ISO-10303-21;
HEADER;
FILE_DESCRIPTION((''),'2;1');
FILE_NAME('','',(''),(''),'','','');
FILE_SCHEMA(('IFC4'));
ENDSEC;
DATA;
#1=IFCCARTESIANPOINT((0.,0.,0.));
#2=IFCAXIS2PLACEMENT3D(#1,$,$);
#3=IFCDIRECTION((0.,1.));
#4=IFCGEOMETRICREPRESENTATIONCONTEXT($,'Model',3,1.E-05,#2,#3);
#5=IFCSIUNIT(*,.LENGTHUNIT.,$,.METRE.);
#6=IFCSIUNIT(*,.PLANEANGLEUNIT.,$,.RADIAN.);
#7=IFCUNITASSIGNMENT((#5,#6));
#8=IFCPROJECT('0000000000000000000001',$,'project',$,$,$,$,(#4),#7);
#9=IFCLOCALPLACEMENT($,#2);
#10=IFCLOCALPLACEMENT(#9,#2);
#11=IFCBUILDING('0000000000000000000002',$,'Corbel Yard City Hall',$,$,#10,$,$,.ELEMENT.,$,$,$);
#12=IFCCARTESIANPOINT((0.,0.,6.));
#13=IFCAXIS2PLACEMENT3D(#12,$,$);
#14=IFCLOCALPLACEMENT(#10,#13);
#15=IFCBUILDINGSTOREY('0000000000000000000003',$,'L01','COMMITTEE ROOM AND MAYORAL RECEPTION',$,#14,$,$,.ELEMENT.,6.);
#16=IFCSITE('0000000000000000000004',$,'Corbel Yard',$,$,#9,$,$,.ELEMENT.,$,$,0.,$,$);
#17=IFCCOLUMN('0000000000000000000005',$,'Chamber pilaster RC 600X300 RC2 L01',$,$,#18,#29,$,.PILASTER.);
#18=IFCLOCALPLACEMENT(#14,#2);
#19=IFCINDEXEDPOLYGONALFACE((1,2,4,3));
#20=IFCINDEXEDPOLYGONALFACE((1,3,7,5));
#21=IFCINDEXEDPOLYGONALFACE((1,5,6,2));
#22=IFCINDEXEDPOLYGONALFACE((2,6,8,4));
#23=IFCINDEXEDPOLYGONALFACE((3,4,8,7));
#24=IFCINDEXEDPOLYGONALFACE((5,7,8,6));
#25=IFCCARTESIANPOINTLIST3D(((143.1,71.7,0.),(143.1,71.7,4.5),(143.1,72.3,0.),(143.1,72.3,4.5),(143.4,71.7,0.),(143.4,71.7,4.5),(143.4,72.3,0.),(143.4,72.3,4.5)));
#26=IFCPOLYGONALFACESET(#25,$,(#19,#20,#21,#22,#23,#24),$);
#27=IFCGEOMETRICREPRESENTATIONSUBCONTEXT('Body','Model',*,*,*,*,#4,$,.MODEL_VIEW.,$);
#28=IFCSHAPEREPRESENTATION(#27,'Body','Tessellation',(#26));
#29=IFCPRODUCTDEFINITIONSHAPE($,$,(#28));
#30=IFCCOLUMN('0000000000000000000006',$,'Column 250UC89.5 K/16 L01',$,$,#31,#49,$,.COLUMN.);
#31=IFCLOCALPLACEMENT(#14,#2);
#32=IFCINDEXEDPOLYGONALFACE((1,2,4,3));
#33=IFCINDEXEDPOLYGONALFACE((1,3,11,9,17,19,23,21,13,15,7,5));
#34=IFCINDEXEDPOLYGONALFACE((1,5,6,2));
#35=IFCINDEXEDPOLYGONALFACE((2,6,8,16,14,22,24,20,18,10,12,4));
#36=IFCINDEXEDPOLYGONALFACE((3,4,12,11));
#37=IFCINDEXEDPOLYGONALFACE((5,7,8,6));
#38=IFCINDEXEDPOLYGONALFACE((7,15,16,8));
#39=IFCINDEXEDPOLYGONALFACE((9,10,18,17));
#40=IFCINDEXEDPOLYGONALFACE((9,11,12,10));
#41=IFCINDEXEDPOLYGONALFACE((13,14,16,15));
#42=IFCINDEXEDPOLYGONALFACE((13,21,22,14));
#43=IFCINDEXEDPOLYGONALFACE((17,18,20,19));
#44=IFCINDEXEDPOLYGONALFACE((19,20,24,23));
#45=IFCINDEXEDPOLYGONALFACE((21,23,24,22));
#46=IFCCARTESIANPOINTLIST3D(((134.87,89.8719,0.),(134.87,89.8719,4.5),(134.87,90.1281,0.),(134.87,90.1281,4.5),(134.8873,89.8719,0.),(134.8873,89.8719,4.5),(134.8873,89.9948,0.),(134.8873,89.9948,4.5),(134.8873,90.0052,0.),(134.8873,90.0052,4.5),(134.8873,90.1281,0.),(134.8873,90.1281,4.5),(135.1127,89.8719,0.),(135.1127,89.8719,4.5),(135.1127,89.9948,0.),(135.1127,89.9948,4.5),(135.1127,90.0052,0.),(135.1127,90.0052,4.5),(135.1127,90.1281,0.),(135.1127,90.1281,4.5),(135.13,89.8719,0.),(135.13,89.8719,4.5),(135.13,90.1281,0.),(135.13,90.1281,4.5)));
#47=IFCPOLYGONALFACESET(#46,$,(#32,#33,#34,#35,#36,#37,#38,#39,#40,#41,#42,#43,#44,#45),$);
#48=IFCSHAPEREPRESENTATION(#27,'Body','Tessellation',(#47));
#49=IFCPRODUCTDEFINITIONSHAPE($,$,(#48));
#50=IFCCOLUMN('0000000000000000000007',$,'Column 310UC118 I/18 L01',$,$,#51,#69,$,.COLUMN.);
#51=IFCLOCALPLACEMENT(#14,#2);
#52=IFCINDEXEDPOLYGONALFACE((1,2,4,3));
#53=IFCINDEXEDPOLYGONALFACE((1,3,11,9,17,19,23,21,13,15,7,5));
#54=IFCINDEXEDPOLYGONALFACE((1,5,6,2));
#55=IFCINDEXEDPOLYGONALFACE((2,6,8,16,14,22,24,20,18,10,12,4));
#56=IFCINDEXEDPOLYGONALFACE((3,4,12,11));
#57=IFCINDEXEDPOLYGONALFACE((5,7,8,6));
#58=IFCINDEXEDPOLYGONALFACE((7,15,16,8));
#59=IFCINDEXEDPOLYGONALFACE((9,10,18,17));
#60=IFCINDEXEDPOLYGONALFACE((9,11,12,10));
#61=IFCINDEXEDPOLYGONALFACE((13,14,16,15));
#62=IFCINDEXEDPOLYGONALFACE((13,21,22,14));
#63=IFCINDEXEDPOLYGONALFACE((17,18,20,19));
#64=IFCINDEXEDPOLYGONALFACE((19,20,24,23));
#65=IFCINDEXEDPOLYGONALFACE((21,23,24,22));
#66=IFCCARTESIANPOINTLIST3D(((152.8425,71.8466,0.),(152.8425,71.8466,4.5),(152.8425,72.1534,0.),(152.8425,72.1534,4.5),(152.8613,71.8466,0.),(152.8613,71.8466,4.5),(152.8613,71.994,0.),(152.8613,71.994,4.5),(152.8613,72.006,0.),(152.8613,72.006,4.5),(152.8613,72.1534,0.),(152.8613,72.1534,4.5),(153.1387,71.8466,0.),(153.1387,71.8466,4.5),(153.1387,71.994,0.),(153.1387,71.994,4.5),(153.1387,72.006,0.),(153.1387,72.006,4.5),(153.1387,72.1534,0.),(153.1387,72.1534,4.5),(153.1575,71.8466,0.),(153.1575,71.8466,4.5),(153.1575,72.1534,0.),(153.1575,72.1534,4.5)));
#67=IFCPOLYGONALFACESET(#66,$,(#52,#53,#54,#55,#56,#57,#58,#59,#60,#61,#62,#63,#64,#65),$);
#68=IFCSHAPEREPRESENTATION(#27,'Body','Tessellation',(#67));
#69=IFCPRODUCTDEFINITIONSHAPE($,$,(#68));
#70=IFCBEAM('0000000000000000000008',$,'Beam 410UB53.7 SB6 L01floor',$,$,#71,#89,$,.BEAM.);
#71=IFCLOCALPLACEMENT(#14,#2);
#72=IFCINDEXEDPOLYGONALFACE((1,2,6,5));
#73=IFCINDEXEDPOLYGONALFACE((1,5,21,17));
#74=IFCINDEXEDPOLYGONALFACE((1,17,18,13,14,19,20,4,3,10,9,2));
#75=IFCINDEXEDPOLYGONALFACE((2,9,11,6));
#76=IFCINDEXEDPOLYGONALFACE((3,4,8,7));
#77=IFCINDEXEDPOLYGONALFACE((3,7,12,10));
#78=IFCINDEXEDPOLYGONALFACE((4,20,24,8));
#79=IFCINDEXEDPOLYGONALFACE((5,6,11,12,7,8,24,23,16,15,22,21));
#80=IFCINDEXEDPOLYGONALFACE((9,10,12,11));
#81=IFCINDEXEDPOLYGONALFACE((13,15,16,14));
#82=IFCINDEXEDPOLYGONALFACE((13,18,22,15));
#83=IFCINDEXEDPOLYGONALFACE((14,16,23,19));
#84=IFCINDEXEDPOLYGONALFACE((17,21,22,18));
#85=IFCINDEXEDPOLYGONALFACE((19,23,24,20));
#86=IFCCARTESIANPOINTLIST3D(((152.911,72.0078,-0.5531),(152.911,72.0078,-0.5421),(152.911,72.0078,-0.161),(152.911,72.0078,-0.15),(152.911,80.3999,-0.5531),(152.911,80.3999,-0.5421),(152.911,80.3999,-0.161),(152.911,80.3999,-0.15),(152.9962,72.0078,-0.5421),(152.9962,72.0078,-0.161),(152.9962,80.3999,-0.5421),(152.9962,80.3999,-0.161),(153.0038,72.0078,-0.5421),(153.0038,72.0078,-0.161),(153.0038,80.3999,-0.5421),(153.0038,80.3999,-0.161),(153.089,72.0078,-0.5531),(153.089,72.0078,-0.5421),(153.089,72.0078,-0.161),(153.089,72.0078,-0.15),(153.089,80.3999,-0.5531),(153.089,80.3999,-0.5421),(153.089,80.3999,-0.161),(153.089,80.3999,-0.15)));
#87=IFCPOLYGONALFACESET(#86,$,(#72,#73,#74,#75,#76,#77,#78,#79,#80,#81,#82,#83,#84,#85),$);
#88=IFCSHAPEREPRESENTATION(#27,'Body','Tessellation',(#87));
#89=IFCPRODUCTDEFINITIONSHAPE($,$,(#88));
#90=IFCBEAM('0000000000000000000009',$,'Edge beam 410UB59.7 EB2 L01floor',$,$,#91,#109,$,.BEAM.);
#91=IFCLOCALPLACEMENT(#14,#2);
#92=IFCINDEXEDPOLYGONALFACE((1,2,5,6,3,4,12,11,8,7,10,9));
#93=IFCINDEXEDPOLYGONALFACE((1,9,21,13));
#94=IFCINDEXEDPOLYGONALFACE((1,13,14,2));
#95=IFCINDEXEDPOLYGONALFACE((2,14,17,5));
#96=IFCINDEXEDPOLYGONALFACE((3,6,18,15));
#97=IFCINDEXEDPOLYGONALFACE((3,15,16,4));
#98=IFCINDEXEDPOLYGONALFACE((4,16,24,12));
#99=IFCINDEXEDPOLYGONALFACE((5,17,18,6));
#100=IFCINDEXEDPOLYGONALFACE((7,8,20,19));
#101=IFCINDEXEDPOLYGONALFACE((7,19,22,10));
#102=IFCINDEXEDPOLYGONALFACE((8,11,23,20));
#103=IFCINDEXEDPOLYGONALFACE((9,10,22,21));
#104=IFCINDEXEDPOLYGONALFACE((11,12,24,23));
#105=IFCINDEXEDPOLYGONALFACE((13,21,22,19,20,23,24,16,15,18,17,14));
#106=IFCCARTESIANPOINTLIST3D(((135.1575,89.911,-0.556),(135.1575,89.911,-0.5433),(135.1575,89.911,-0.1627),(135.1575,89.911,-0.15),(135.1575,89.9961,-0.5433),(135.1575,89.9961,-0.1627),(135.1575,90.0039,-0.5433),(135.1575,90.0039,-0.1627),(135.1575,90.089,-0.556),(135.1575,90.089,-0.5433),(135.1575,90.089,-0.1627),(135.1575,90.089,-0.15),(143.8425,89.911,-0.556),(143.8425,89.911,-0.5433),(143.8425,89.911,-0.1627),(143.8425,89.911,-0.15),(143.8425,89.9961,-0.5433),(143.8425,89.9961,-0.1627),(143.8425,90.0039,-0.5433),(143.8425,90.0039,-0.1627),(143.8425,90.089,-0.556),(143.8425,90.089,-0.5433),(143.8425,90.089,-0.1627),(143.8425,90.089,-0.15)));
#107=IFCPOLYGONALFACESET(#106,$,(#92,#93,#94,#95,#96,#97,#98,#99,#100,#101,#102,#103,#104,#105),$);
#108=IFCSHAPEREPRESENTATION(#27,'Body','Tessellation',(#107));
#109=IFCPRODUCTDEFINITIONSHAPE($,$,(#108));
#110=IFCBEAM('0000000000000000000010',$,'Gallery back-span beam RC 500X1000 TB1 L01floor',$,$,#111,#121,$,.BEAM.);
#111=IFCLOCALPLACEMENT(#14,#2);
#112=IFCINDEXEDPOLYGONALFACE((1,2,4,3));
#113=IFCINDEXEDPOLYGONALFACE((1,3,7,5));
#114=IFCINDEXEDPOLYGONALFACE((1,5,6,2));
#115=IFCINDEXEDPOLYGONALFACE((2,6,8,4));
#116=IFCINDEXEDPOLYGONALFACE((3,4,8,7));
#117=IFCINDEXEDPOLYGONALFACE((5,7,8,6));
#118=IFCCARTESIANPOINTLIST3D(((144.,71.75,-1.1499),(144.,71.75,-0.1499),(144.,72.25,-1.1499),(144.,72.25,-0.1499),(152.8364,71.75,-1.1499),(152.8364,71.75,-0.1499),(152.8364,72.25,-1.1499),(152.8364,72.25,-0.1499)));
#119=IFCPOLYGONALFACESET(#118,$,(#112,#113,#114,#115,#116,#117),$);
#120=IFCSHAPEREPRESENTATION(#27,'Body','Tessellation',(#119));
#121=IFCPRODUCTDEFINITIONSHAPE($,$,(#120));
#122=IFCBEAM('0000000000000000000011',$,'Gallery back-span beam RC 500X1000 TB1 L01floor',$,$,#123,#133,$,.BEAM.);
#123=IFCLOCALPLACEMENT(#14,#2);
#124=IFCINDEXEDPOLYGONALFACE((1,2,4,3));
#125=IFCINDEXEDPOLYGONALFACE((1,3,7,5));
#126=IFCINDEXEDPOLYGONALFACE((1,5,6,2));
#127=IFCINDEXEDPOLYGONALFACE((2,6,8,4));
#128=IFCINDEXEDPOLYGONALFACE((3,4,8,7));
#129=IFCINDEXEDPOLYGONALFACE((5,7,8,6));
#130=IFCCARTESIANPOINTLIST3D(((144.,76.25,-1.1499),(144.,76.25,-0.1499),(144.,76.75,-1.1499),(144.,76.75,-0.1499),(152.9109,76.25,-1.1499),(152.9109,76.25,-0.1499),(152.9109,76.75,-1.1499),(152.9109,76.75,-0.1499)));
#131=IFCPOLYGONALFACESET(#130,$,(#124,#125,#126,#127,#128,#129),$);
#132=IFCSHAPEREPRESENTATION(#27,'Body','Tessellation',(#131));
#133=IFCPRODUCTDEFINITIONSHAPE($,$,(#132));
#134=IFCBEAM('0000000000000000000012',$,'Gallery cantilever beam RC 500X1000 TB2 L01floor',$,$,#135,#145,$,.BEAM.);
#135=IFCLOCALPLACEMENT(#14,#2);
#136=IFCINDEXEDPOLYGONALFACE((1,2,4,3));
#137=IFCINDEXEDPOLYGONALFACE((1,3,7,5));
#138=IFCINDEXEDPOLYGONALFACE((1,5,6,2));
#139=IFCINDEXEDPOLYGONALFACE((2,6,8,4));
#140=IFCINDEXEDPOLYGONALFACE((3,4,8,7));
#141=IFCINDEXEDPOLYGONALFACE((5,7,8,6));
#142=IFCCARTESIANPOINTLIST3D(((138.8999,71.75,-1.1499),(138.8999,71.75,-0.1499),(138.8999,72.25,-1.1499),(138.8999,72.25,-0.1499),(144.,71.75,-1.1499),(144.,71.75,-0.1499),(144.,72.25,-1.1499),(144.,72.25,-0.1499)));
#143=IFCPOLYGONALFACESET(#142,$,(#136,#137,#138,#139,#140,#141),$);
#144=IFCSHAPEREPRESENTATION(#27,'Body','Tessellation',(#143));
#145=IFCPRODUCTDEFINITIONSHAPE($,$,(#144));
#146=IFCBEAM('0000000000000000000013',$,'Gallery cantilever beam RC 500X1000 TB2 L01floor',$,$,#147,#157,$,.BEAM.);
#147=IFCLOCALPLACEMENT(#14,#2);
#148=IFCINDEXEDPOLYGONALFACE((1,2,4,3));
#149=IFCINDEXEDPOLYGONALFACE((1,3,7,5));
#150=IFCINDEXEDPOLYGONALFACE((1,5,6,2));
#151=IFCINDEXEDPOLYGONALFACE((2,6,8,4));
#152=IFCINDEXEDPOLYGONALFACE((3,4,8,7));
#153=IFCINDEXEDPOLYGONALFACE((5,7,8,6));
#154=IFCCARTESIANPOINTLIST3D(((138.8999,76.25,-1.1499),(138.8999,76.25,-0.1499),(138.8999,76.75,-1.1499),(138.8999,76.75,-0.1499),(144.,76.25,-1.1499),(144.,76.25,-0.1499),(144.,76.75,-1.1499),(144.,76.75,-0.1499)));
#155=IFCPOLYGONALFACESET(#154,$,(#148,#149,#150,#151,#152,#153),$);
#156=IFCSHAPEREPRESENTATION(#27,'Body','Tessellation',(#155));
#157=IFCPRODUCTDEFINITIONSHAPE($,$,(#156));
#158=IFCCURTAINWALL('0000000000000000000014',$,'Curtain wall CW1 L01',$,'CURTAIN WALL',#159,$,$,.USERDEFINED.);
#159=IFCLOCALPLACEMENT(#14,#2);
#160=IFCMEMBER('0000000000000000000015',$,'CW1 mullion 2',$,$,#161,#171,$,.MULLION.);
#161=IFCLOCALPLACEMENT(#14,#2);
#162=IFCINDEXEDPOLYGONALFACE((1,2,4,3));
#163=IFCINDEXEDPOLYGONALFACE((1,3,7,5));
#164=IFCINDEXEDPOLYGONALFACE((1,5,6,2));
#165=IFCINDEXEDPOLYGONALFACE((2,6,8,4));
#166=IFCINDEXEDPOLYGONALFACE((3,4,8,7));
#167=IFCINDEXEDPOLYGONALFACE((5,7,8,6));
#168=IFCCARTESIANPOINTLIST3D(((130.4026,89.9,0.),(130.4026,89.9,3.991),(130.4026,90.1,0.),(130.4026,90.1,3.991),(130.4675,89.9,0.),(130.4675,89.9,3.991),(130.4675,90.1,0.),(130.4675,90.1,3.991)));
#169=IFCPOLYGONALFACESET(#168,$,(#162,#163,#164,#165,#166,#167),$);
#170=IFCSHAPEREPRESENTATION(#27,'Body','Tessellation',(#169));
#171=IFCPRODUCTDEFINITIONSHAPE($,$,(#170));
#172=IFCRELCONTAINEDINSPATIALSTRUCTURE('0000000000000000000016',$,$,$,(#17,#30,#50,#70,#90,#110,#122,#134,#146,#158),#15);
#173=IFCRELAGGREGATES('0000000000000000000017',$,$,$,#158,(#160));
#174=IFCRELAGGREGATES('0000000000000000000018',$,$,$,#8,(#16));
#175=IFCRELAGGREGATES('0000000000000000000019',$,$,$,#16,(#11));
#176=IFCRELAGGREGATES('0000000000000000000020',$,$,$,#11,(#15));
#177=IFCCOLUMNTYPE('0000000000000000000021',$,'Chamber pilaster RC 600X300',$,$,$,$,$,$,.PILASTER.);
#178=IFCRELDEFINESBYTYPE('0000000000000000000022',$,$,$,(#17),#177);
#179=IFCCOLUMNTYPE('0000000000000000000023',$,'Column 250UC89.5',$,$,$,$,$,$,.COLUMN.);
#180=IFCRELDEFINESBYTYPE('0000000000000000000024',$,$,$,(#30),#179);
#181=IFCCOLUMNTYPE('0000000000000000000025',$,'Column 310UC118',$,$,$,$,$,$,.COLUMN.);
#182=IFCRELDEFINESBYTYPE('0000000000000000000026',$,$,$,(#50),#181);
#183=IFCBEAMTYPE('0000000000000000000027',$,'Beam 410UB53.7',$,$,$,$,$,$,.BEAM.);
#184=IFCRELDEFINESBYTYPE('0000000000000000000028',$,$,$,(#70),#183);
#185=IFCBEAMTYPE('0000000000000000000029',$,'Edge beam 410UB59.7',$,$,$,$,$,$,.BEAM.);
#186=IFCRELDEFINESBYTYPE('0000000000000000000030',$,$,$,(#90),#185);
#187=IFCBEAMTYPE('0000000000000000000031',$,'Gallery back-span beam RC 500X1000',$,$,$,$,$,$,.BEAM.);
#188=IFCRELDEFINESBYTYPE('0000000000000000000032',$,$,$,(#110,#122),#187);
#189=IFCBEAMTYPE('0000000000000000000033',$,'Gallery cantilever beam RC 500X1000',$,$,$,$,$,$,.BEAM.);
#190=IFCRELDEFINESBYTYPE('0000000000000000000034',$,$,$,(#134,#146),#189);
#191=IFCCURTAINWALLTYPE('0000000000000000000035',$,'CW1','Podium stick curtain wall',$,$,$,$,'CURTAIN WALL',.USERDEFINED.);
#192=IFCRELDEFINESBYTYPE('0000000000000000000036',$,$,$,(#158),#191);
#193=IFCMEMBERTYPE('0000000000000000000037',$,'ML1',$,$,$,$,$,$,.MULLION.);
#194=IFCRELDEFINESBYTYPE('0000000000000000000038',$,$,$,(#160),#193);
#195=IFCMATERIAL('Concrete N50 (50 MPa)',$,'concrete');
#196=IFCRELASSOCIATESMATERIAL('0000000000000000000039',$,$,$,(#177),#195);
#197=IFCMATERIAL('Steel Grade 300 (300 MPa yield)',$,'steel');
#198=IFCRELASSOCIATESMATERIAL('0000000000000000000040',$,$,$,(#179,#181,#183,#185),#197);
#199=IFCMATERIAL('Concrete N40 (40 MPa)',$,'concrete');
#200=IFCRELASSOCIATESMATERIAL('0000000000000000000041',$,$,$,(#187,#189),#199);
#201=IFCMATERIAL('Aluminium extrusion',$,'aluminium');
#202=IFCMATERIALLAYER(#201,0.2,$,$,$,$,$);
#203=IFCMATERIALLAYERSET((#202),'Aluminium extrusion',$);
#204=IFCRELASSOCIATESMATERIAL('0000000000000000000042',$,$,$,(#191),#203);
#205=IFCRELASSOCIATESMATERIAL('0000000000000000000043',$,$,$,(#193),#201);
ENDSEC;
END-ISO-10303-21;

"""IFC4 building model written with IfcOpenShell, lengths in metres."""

from ifc_helpers import new_model, si_unit, direction, frame, origin, origin_2d, place, context, subcontext, project, spatial, rectangle, i_section, extrude, material, layer, layer_set, material_profile, profile_set, type_object, element, aggregate, save


model = new_model("IFC4")

# Units and contexts
model_context = context("Model", 3, precision=1e-05, world=origin(), true_north=direction((0.0, 1.0)))
body_context = subcontext(model_context, "Body", "Model", "MODEL_VIEW")
ifc_project = project(units=[si_unit("LENGTHUNIT", "METRE"), si_unit("PLANEANGLEUNIT", "RADIAN")], contexts=[model_context])

# Site, building, storey
site_placement = place(None, origin())
site = spatial("IfcSite", under=ifc_project, at=site_placement, Name="Corbel Yard", CompositionType="ELEMENT", RefElevation=0.0)
building_placement = place(site_placement, origin())
building = spatial("IfcBuilding", under=site, at=building_placement, Name="Corbel Yard City Hall", CompositionType="ELEMENT")
storey_placement = place(building_placement, frame((0.0, 0.0, 6.0)))
storey = spatial("IfcBuildingStorey", under=building, at=storey_placement, Name="L01", Description="COMMITTEE ROOM AND MAYORAL RECEPTION", CompositionType="ELEMENT", Elevation=6.0)

# Columns
ifc_material_1 = material(Name="Concrete N50 (50 MPa)", Category="concrete")
ifc_material_profile_1 = material_profile(ifc_material_1, rectangle(XDim=0.6001, YDim=0.3, at=origin_2d()), Name="600x300")
ifc_profile_set_1 = profile_set([ifc_material_profile_1], Name="Concrete N50 (50 MPa)")
column_type_1 = type_object("IfcColumnType", Name="Chamber pilaster RC 600X300", PredefinedType="PILASTER", material=ifc_profile_set_1)
column_1_placement = place(storey_placement, frame((143.25, 72.0, 0.0), z_axis=(0.0, 0.0, 1.0), x_axis=(0.0, 1.0, 0.0)))
element("IfcColumn", 1, at=column_1_placement, inside=storey, type_object=column_type_1, Name="Chamber pilaster RC 600X300 RC2 L01", PredefinedType="PILASTER", context=body_context, shape_type="SweptSolid", body=[
    extrude(rectangle(XDim=0.6001, YDim=0.3, at=origin_2d()), origin(), (0.0, 0.0, 1.0), 4.5),
])
ifc_material_2 = material(Name="Steel Grade 300 (300 MPa yield)", Category="steel")
ifc_material_profile_2 = material_profile(ifc_material_2, i_section(OverallWidth=0.2561, OverallDepth=0.26, WebThickness=0.0105, FlangeThickness=0.0173, at=origin_2d()), Name="250UC89.5")
ifc_profile_set_2 = profile_set([ifc_material_profile_2], Name="Steel Grade 300 (300 MPa yield)")
column_type_2 = type_object("IfcColumnType", Name="Column 250UC89.5", PredefinedType="COLUMN", material=ifc_profile_set_2)
column_2_placement = place(storey_placement, frame((135.0, 90.0, 0.0), z_axis=(0.0, 0.0, 1.0), x_axis=(0.0, 1.0, 0.0)))
element("IfcColumn", 2, at=column_2_placement, inside=storey, type_object=column_type_2, Name="Column 250UC89.5 K/16 L01", PredefinedType="COLUMN", context=body_context, shape_type="SweptSolid", body=[
    extrude(i_section(OverallWidth=0.2561, OverallDepth=0.26, WebThickness=0.0105, FlangeThickness=0.0173, at=origin_2d()), origin(), (0.0, 0.0, 1.0), 4.5),
])
ifc_material_profile_3 = material_profile(ifc_material_2, i_section(OverallWidth=0.3069, OverallDepth=0.3149, WebThickness=0.012, FlangeThickness=0.0188, at=origin_2d()), Name="310UC118")
ifc_profile_set_3 = profile_set([ifc_material_profile_3], Name="Steel Grade 300 (300 MPa yield)")
column_type_3 = type_object("IfcColumnType", Name="Column 310UC118", PredefinedType="COLUMN", material=ifc_profile_set_3)
column_3_placement = place(storey_placement, frame((153.0, 72.0, 0.0), z_axis=(0.0, 0.0, 1.0), x_axis=(0.0, 1.0, 0.0)))
element("IfcColumn", 3, at=column_3_placement, inside=storey, type_object=column_type_3, Name="Column 310UC118 I/18 L01", PredefinedType="COLUMN", context=body_context, shape_type="SweptSolid", body=[
    extrude(i_section(OverallWidth=0.3069, OverallDepth=0.3149, WebThickness=0.012, FlangeThickness=0.0188, at=origin_2d()), origin(), (0.0, 0.0, 1.0), 4.5),
])

# Beams
ifc_material_profile_4 = material_profile(ifc_material_2, i_section(OverallWidth=0.178, OverallDepth=0.4031, WebThickness=0.0076, FlangeThickness=0.011, at=origin_2d()), Name="410UB53.7")
ifc_profile_set_4 = profile_set([ifc_material_profile_4], Name="Steel Grade 300 (300 MPa yield)")
beam_type_1 = type_object("IfcBeamType", Name="Beam 410UB53.7", PredefinedType="BEAM", material=ifc_profile_set_4)
beam_1_placement = place(storey_placement, frame((153.0, 72.0078, -0.3516), z_axis=(0.0, 1.0, 0.0), x_axis=(-1.0, 0.0, 0.0)))
element("IfcBeam", 4, at=beam_1_placement, inside=storey, type_object=beam_type_1, Name="Beam 410UB53.7 SB6 L01floor", PredefinedType="BEAM", context=body_context, shape_type="SweptSolid", body=[
    extrude(i_section(OverallWidth=0.178, OverallDepth=0.4031, WebThickness=0.0076, FlangeThickness=0.011, at=origin_2d()), origin(), (0.0, 0.0, 1.0), 8.3921),
])
ifc_material_profile_5 = material_profile(ifc_material_2, i_section(OverallWidth=0.178, OverallDepth=0.406, WebThickness=0.0078, FlangeThickness=0.0127, at=origin_2d()), Name="410UB59.7")
ifc_profile_set_5 = profile_set([ifc_material_profile_5], Name="Steel Grade 300 (300 MPa yield)")
beam_type_2 = type_object("IfcBeamType", Name="Edge beam 410UB59.7", PredefinedType="BEAM", material=ifc_profile_set_5)
beam_2_placement = place(storey_placement, frame((135.1575, 90.0, -0.353), z_axis=(1.0, 0.0, 0.0), x_axis=(0.0, 1.0, 0.0)))
element("IfcBeam", 5, at=beam_2_placement, inside=storey, type_object=beam_type_2, Name="Edge beam 410UB59.7 EB2 L01floor", PredefinedType="BEAM", context=body_context, shape_type="SweptSolid", body=[
    extrude(i_section(OverallWidth=0.178, OverallDepth=0.406, WebThickness=0.0078, FlangeThickness=0.0127, at=origin_2d()), origin(), (0.0, 0.0, 1.0), 8.6851),
])
ifc_material_3 = material(Name="Concrete N40 (40 MPa)", Category="concrete")
ifc_material_profile_6 = material_profile(ifc_material_3, rectangle(XDim=0.5, YDim=1.0, at=origin_2d()), Name="500x1000")
ifc_profile_set_6 = profile_set([ifc_material_profile_6], Name="Concrete N40 (40 MPa)")
beam_type_3 = type_object("IfcBeamType", Name="Gallery back-span beam RC 500X1000", PredefinedType="BEAM", material=ifc_profile_set_6)
beam_3_placement = place(storey_placement, frame((144.0, 72.0, -0.6499), z_axis=(1.0, 0.0, 0.0), x_axis=(0.0, 1.0, 0.0)))
element("IfcBeam", 6, at=beam_3_placement, inside=storey, type_object=beam_type_3, Name="Gallery back-span beam RC 500X1000 TB1 L01floor", PredefinedType="BEAM", context=body_context, shape_type="SweptSolid", body=[
    extrude(rectangle(XDim=0.5, YDim=1.0, at=origin_2d()), origin(), (0.0, 0.0, 1.0), 8.8364),
])
beam_4_placement = place(storey_placement, frame((144.0, 76.5, -0.6499), z_axis=(1.0, 0.0, 0.0), x_axis=(0.0, 1.0, 0.0)))
element("IfcBeam", 7, at=beam_4_placement, inside=storey, type_object=beam_type_3, Name="Gallery back-span beam RC 500X1000 TB1 L01floor", PredefinedType="BEAM", context=body_context, shape_type="SweptSolid", body=[
    extrude(rectangle(XDim=0.5, YDim=1.0, at=origin_2d()), origin(), (0.0, 0.0, 1.0), 8.9109),
])
ifc_material_profile_7 = material_profile(ifc_material_3, rectangle(XDim=0.5, YDim=1.0, at=origin_2d()), Name="500x1000")
ifc_profile_set_7 = profile_set([ifc_material_profile_7], Name="Concrete N40 (40 MPa)")
beam_type_4 = type_object("IfcBeamType", Name="Gallery cantilever beam RC 500X1000", PredefinedType="BEAM", material=ifc_profile_set_7)
for number, where, z_axis, x_axis, name in (
    (8, (138.8999, 72.0, -0.6499), (1.0, 0.0, 0.0), (0.0, 1.0, 0.0), "Gallery cantilever beam RC 500X1000 TB2 L01floor"),
    (9, (138.8999, 76.5, -0.6499), (1.0, 0.0, 0.0), (0.0, 1.0, 0.0), "Gallery cantilever beam RC 500X1000 TB2 L01floor"),
):
    element("IfcBeam", number, at=place(storey_placement, frame(where, z_axis=z_axis, x_axis=x_axis)), inside=storey, type_object=beam_type_4, Name=name, PredefinedType="BEAM", context=body_context, shape_type="SweptSolid", body=[
        extrude(rectangle(XDim=0.5, YDim=1.0, at=origin_2d()), origin(), (0.0, 0.0, 1.0), 5.1001),
    ])

# Curtain wall, member
ifc_material_4 = material(Name="Aluminium extrusion", Category="aluminium")
ifc_layer_1 = layer(ifc_material_4, 0.2)
ifc_layer_set_1 = layer_set([ifc_layer_1], Name="Aluminium extrusion")
curtain_wall_type = type_object("IfcCurtainWallType", Name="CW1", Description="Podium stick curtain wall", ElementType="CURTAIN WALL", PredefinedType="USERDEFINED", material=ifc_layer_set_1)
curtain_wall_1_placement = place(storey_placement, origin())
curtain_wall_1 = element("IfcCurtainWall", 10, at=curtain_wall_1_placement, inside=storey, type_object=curtain_wall_type, Name="Curtain wall CW1 L01", ObjectType="CURTAIN WALL", PredefinedType="USERDEFINED")
ifc_material_profile_8 = material_profile(ifc_material_4, rectangle(XDim=0.2, YDim=0.0649, at=origin_2d()), Name="200x65")
ifc_profile_set_8 = profile_set([ifc_material_profile_8], Name="Aluminium extrusion")
member_type_1 = type_object("IfcMemberType", Name="ML1", PredefinedType="MULLION", material=ifc_profile_set_8)
member_1_placement = place(storey_placement, frame((130.4351, 90.0, 0.0), z_axis=(0.0, 0.0, 1.0), x_axis=(0.0, 1.0, 0.0)))
member_1 = element("IfcMember", 11, at=member_1_placement, type_object=member_type_1, Name="CW1 mullion 2", PredefinedType="MULLION", context=body_context, shape_type="SweptSolid", body=[
    extrude(rectangle(XDim=0.2, YDim=0.0649, at=origin_2d()), origin(), (0.0, 0.0, 1.0), 3.991),
])

aggregate(curtain_wall_1, [member_1])

save(model, "model.ifc")
